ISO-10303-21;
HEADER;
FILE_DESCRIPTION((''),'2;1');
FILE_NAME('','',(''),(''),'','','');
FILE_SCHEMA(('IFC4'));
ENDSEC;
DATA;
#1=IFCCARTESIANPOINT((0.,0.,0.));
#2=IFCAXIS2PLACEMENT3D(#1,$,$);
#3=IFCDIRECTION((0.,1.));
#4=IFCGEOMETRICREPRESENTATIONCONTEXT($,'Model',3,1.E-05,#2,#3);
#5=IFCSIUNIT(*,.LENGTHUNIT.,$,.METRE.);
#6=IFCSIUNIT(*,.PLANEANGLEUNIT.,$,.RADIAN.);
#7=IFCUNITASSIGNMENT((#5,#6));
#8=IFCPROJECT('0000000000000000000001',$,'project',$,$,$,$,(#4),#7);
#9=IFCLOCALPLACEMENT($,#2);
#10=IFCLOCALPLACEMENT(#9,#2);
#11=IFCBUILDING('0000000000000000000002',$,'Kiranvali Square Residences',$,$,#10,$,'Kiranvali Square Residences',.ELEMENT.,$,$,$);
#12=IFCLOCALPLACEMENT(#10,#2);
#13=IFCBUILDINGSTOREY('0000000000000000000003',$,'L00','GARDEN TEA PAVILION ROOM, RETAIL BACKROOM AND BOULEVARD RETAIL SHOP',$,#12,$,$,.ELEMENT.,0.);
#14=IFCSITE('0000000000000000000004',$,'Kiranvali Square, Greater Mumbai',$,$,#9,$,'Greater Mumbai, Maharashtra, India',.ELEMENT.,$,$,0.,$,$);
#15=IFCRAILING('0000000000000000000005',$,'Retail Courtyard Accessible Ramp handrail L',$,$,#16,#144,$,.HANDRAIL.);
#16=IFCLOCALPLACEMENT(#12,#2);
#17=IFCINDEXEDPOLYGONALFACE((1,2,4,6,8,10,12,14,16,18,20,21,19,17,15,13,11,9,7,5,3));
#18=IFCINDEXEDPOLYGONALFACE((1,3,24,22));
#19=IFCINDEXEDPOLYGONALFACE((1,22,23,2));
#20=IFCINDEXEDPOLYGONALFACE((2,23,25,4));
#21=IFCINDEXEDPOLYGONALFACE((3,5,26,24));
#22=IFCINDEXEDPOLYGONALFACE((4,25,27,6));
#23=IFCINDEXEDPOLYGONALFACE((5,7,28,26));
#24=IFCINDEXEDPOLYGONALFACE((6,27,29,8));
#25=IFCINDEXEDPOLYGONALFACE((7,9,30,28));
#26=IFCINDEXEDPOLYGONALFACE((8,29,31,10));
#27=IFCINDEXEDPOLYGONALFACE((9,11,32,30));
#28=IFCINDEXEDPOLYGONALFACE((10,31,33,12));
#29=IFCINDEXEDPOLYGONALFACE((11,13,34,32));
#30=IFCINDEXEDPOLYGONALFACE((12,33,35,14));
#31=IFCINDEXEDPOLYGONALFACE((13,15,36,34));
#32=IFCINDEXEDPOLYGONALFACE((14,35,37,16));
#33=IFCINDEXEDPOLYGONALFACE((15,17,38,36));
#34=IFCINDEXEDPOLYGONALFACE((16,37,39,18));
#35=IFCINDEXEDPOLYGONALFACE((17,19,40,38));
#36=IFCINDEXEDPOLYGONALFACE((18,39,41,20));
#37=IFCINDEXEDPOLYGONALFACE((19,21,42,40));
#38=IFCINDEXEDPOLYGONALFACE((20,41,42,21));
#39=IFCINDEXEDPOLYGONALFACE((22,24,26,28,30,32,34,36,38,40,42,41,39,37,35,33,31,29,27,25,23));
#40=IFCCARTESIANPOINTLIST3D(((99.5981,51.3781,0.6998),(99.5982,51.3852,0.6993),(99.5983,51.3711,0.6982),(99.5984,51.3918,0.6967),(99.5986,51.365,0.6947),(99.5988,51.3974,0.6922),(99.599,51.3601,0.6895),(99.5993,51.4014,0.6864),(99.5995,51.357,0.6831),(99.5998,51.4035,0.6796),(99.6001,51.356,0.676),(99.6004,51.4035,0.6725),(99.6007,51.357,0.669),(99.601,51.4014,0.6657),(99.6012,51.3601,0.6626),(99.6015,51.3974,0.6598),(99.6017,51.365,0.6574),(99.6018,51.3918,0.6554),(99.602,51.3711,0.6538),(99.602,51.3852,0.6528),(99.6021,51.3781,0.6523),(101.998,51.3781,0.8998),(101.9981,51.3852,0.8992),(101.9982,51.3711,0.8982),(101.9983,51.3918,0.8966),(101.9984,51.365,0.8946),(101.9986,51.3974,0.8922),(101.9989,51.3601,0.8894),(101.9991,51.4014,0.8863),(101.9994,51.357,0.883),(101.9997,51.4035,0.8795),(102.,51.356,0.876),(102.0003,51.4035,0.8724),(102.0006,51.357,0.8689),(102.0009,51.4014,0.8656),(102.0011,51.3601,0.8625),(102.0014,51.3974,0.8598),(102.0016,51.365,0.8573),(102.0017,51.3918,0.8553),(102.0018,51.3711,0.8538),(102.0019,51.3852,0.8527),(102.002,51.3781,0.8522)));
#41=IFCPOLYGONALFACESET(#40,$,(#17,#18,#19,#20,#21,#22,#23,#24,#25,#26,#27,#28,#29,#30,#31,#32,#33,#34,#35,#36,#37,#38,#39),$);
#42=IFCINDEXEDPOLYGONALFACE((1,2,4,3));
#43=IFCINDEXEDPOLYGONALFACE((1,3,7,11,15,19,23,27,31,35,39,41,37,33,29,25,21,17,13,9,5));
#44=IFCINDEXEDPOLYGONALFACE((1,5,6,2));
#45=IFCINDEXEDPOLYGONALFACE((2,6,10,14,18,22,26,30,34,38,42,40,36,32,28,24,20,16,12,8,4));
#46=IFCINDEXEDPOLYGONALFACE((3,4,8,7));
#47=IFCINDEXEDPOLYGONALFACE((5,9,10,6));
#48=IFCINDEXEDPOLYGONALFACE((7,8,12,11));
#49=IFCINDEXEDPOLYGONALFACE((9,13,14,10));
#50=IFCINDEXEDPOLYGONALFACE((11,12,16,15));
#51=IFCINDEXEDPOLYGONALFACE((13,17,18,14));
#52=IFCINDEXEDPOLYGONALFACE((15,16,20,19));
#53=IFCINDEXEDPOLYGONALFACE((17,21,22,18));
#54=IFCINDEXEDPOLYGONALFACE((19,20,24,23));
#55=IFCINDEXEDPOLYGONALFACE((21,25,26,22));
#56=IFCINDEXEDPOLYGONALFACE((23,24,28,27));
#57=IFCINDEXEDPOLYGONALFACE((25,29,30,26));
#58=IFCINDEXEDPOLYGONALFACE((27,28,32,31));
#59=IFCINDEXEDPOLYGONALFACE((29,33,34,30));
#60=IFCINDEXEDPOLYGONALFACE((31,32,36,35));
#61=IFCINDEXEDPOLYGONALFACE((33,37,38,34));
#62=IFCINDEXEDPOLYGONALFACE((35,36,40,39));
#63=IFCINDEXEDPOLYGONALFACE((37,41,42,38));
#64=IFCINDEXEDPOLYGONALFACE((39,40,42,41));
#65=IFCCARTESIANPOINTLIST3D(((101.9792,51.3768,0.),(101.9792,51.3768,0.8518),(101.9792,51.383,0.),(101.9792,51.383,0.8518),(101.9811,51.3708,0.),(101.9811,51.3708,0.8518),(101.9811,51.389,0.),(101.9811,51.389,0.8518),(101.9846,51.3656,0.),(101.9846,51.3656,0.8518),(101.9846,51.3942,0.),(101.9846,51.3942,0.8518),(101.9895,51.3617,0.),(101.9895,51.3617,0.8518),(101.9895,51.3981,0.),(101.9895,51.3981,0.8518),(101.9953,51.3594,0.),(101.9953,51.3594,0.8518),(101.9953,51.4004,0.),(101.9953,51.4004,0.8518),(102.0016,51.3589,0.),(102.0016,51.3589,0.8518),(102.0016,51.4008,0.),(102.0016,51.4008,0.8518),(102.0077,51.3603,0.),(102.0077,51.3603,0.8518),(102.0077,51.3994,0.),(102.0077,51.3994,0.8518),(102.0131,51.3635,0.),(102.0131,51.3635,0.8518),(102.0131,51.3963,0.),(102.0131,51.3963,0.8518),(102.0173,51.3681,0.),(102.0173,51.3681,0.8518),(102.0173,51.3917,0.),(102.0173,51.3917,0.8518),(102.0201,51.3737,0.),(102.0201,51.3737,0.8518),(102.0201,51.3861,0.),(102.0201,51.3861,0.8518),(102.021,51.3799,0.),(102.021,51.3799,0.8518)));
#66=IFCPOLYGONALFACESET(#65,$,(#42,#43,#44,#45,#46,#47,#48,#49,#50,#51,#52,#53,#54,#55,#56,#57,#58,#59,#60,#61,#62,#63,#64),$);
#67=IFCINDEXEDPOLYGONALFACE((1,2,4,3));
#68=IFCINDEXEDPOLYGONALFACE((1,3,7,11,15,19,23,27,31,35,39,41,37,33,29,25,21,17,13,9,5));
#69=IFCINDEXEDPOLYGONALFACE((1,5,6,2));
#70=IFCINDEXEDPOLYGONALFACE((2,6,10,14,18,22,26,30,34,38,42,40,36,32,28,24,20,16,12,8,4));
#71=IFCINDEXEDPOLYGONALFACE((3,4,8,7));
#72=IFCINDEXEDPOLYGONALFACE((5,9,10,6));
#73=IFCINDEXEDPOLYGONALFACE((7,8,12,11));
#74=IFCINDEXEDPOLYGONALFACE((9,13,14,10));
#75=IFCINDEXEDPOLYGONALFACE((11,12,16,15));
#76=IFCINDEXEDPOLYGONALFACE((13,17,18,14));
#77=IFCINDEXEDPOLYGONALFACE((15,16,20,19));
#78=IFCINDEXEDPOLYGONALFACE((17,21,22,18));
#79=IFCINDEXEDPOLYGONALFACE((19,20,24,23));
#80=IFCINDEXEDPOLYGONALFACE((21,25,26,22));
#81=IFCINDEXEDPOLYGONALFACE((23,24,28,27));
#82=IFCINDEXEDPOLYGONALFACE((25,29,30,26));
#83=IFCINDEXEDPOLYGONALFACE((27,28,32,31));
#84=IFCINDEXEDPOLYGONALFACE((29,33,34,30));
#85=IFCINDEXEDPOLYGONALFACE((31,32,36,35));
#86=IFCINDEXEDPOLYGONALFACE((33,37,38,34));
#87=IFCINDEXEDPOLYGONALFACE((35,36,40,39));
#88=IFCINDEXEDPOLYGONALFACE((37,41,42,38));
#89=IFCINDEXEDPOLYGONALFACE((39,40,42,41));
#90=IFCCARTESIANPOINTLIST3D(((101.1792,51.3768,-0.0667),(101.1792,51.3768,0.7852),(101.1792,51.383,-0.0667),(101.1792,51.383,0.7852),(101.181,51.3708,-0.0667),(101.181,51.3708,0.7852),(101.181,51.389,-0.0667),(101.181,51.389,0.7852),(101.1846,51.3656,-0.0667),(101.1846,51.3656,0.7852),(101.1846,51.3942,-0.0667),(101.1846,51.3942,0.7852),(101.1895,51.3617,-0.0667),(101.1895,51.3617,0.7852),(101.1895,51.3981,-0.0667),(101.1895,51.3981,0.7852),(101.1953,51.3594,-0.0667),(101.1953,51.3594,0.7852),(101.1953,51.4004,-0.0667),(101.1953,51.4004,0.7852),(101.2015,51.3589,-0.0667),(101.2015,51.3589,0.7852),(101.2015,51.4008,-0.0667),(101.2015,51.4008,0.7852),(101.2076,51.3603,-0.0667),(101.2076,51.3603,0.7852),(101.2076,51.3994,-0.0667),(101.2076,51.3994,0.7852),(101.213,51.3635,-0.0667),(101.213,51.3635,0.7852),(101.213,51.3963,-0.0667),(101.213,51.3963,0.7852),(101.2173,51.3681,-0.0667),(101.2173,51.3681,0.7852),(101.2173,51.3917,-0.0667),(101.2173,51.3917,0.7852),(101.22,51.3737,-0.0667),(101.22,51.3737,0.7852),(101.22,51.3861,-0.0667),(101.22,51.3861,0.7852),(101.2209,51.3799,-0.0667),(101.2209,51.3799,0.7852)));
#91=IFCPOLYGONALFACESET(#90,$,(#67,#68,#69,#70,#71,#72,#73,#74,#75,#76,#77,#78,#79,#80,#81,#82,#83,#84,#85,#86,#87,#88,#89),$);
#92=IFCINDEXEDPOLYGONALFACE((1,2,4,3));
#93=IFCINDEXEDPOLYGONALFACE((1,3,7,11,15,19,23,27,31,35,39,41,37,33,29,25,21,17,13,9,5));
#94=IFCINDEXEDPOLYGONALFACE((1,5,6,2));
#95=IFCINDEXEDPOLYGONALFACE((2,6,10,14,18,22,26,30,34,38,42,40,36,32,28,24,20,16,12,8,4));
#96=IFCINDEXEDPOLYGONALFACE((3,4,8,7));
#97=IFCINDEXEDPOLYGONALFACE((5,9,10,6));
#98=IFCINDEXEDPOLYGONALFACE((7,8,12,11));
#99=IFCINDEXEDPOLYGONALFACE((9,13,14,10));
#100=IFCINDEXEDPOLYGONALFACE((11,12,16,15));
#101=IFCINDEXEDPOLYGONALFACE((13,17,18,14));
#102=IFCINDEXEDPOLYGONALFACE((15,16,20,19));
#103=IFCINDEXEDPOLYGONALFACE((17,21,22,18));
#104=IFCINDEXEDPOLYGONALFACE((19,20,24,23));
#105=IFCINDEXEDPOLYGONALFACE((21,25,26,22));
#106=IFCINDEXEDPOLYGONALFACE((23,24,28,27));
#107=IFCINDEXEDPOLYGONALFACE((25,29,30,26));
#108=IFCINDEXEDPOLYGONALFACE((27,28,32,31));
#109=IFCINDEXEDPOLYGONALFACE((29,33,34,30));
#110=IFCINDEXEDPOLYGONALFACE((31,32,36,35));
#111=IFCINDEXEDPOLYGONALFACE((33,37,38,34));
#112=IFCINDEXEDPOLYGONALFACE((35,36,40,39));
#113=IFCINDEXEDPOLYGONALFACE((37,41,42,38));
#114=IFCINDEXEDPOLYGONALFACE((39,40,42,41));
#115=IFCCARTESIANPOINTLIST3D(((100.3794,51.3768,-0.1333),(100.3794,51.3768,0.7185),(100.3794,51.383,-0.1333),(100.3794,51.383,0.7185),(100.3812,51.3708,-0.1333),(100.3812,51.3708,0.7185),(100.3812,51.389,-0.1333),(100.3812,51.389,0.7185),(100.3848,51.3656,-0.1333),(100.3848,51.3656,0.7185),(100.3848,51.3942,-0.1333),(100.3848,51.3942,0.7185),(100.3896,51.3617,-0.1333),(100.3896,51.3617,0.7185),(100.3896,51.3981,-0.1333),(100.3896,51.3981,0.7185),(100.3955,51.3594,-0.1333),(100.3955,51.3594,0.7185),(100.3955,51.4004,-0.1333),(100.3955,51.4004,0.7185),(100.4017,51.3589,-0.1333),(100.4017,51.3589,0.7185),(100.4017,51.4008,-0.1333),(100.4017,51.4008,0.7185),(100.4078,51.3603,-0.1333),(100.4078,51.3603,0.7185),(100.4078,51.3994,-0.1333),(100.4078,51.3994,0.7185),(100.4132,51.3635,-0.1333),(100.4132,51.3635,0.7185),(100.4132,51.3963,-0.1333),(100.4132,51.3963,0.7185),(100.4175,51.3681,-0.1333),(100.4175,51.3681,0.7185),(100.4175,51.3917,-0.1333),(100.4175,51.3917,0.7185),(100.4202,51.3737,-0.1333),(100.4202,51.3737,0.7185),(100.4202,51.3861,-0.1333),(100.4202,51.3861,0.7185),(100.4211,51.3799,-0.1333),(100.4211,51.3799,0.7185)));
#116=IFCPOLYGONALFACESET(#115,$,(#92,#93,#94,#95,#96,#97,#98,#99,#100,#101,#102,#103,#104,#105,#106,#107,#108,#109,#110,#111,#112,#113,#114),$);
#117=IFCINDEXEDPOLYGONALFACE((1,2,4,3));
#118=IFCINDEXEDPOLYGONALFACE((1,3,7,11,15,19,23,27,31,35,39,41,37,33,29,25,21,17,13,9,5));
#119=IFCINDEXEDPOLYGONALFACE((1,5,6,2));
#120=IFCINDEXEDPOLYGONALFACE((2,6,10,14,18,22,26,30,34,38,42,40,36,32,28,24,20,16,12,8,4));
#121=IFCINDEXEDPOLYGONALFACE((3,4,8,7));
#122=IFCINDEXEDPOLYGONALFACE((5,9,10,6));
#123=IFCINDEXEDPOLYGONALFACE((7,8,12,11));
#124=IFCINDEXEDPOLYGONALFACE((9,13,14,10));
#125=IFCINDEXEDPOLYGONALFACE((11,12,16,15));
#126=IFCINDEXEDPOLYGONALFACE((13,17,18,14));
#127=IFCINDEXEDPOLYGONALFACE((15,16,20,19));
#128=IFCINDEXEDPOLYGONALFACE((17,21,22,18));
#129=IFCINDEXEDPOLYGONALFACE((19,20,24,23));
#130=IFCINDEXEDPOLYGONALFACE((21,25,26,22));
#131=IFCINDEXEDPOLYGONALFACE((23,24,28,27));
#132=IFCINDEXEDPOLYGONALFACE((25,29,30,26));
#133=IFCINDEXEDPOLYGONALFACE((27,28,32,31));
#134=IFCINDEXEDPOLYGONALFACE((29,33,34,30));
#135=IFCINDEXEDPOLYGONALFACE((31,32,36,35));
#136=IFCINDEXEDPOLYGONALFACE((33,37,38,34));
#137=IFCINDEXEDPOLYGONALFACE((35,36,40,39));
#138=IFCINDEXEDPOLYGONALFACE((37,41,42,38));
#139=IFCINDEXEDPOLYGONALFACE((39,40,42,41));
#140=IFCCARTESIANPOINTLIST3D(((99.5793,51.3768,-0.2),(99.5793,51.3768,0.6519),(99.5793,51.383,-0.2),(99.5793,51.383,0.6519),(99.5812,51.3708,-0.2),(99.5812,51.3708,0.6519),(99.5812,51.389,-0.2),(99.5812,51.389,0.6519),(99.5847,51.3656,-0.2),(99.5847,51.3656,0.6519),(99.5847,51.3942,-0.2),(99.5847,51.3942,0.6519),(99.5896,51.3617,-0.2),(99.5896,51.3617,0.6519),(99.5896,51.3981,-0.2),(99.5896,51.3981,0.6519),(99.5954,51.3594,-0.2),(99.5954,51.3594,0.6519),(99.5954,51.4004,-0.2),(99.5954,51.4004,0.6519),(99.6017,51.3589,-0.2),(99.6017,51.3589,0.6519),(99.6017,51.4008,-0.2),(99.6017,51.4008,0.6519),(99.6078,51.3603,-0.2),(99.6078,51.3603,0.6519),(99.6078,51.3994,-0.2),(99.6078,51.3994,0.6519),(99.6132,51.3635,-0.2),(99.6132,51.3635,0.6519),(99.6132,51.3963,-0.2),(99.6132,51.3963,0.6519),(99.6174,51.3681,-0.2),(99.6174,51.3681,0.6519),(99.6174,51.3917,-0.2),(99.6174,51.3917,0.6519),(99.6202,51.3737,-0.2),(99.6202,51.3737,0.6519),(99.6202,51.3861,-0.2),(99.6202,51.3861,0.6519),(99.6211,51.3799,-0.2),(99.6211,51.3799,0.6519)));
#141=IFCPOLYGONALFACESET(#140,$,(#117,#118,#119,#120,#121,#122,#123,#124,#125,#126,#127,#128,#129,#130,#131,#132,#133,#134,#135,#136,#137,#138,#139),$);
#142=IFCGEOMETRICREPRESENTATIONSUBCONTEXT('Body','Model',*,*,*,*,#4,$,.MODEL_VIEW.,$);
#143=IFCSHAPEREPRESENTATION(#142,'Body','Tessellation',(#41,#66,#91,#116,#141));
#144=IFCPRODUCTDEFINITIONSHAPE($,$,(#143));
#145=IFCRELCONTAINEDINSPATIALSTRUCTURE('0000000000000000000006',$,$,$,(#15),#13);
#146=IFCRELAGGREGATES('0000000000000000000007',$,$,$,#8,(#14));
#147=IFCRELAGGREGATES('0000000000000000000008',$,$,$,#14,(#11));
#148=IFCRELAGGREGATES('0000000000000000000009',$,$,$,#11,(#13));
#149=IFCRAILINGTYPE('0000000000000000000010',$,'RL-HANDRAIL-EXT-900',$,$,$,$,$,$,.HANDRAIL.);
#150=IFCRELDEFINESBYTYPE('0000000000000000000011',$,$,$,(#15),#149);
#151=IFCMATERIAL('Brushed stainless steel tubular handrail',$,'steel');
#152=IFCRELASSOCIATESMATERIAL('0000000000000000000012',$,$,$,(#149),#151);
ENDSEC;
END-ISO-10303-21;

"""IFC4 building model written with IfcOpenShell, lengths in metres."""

from ifc_helpers import new_model, si_unit, direction, frame, origin, origin_2d, place, context, subcontext, project, spatial, circle, extrude, material, type_object, element, save


model = new_model("IFC4")

# Units and contexts
model_context = context("Model", 3, precision=1e-05, world=origin(), true_north=direction((0.0, 1.0)))
body_context = subcontext(model_context, "Body", "Model", "MODEL_VIEW")
ifc_project = project(units=[si_unit("LENGTHUNIT", "METRE"), si_unit("PLANEANGLEUNIT", "RADIAN")], contexts=[model_context])

# Site, building, storey
site_placement = place(None, origin())
site = spatial("IfcSite", under=ifc_project, at=site_placement, Name="Kiranvali Square, Greater Mumbai", LongName="Greater Mumbai, Maharashtra, India", CompositionType="ELEMENT", RefElevation=0.0)
building_placement = place(site_placement, origin())
building = spatial("IfcBuilding", under=site, at=building_placement, Name="Kiranvali Square Residences", LongName="Kiranvali Square Residences", CompositionType="ELEMENT")
storey_placement = place(building_placement, origin())
storey = spatial("IfcBuildingStorey", under=building, at=storey_placement, Name="L00", Description="GARDEN TEA PAVILION ROOM, RETAIL BACKROOM AND BOULEVARD RETAIL SHOP", CompositionType="ELEMENT", Elevation=0.0)

# Railing
ifc_material_1 = material(Name="Brushed stainless steel tubular handrail", Category="steel")
railing_type = type_object("IfcRailingType", Name="RL-HANDRAIL-EXT-900", PredefinedType="HANDRAIL", material=ifc_material_1)
for number, where, name in (
    (1, (102.0, 51.3799, 0.0), "Retail Courtyard Accessible Ramp handrail L"),
):
    element("IfcRailing", number, at=place(storey_placement, frame(where)), inside=storey, type_object=railing_type, Name=name, PredefinedType="HANDRAIL", context=body_context, shape_type="SweptSolid", body=[
        extrude(circle(Radius=0.0239, at=origin_2d()), frame((0.0, 0.0, 0.876), z_axis=(-0.996547, 0.0, -0.083029), x_axis=(0.0, -1.0, 0.0)), (0.0, 0.0, 1.0), 2.4082),
        extrude(circle(Radius=0.021, at=origin_2d()), origin(), (0.0, 0.0, 1.0), 0.8518),
        extrude(circle(Radius=0.021, at=origin_2d()), frame((-0.8, 0.0, -0.0667)), (0.0, 0.0, 1.0), 0.8518),
        extrude(circle(Radius=0.021, at=origin_2d()), frame((-1.5999, 0.0, -0.1333)), (0.0, 0.0, 1.0), 0.8518),
        extrude(circle(Radius=0.021, at=origin_2d()), frame((-2.3999, 0.0, -0.2)), (0.0, 0.0, 1.0), 0.8518),
    ])

save(model, "model.ifc")
